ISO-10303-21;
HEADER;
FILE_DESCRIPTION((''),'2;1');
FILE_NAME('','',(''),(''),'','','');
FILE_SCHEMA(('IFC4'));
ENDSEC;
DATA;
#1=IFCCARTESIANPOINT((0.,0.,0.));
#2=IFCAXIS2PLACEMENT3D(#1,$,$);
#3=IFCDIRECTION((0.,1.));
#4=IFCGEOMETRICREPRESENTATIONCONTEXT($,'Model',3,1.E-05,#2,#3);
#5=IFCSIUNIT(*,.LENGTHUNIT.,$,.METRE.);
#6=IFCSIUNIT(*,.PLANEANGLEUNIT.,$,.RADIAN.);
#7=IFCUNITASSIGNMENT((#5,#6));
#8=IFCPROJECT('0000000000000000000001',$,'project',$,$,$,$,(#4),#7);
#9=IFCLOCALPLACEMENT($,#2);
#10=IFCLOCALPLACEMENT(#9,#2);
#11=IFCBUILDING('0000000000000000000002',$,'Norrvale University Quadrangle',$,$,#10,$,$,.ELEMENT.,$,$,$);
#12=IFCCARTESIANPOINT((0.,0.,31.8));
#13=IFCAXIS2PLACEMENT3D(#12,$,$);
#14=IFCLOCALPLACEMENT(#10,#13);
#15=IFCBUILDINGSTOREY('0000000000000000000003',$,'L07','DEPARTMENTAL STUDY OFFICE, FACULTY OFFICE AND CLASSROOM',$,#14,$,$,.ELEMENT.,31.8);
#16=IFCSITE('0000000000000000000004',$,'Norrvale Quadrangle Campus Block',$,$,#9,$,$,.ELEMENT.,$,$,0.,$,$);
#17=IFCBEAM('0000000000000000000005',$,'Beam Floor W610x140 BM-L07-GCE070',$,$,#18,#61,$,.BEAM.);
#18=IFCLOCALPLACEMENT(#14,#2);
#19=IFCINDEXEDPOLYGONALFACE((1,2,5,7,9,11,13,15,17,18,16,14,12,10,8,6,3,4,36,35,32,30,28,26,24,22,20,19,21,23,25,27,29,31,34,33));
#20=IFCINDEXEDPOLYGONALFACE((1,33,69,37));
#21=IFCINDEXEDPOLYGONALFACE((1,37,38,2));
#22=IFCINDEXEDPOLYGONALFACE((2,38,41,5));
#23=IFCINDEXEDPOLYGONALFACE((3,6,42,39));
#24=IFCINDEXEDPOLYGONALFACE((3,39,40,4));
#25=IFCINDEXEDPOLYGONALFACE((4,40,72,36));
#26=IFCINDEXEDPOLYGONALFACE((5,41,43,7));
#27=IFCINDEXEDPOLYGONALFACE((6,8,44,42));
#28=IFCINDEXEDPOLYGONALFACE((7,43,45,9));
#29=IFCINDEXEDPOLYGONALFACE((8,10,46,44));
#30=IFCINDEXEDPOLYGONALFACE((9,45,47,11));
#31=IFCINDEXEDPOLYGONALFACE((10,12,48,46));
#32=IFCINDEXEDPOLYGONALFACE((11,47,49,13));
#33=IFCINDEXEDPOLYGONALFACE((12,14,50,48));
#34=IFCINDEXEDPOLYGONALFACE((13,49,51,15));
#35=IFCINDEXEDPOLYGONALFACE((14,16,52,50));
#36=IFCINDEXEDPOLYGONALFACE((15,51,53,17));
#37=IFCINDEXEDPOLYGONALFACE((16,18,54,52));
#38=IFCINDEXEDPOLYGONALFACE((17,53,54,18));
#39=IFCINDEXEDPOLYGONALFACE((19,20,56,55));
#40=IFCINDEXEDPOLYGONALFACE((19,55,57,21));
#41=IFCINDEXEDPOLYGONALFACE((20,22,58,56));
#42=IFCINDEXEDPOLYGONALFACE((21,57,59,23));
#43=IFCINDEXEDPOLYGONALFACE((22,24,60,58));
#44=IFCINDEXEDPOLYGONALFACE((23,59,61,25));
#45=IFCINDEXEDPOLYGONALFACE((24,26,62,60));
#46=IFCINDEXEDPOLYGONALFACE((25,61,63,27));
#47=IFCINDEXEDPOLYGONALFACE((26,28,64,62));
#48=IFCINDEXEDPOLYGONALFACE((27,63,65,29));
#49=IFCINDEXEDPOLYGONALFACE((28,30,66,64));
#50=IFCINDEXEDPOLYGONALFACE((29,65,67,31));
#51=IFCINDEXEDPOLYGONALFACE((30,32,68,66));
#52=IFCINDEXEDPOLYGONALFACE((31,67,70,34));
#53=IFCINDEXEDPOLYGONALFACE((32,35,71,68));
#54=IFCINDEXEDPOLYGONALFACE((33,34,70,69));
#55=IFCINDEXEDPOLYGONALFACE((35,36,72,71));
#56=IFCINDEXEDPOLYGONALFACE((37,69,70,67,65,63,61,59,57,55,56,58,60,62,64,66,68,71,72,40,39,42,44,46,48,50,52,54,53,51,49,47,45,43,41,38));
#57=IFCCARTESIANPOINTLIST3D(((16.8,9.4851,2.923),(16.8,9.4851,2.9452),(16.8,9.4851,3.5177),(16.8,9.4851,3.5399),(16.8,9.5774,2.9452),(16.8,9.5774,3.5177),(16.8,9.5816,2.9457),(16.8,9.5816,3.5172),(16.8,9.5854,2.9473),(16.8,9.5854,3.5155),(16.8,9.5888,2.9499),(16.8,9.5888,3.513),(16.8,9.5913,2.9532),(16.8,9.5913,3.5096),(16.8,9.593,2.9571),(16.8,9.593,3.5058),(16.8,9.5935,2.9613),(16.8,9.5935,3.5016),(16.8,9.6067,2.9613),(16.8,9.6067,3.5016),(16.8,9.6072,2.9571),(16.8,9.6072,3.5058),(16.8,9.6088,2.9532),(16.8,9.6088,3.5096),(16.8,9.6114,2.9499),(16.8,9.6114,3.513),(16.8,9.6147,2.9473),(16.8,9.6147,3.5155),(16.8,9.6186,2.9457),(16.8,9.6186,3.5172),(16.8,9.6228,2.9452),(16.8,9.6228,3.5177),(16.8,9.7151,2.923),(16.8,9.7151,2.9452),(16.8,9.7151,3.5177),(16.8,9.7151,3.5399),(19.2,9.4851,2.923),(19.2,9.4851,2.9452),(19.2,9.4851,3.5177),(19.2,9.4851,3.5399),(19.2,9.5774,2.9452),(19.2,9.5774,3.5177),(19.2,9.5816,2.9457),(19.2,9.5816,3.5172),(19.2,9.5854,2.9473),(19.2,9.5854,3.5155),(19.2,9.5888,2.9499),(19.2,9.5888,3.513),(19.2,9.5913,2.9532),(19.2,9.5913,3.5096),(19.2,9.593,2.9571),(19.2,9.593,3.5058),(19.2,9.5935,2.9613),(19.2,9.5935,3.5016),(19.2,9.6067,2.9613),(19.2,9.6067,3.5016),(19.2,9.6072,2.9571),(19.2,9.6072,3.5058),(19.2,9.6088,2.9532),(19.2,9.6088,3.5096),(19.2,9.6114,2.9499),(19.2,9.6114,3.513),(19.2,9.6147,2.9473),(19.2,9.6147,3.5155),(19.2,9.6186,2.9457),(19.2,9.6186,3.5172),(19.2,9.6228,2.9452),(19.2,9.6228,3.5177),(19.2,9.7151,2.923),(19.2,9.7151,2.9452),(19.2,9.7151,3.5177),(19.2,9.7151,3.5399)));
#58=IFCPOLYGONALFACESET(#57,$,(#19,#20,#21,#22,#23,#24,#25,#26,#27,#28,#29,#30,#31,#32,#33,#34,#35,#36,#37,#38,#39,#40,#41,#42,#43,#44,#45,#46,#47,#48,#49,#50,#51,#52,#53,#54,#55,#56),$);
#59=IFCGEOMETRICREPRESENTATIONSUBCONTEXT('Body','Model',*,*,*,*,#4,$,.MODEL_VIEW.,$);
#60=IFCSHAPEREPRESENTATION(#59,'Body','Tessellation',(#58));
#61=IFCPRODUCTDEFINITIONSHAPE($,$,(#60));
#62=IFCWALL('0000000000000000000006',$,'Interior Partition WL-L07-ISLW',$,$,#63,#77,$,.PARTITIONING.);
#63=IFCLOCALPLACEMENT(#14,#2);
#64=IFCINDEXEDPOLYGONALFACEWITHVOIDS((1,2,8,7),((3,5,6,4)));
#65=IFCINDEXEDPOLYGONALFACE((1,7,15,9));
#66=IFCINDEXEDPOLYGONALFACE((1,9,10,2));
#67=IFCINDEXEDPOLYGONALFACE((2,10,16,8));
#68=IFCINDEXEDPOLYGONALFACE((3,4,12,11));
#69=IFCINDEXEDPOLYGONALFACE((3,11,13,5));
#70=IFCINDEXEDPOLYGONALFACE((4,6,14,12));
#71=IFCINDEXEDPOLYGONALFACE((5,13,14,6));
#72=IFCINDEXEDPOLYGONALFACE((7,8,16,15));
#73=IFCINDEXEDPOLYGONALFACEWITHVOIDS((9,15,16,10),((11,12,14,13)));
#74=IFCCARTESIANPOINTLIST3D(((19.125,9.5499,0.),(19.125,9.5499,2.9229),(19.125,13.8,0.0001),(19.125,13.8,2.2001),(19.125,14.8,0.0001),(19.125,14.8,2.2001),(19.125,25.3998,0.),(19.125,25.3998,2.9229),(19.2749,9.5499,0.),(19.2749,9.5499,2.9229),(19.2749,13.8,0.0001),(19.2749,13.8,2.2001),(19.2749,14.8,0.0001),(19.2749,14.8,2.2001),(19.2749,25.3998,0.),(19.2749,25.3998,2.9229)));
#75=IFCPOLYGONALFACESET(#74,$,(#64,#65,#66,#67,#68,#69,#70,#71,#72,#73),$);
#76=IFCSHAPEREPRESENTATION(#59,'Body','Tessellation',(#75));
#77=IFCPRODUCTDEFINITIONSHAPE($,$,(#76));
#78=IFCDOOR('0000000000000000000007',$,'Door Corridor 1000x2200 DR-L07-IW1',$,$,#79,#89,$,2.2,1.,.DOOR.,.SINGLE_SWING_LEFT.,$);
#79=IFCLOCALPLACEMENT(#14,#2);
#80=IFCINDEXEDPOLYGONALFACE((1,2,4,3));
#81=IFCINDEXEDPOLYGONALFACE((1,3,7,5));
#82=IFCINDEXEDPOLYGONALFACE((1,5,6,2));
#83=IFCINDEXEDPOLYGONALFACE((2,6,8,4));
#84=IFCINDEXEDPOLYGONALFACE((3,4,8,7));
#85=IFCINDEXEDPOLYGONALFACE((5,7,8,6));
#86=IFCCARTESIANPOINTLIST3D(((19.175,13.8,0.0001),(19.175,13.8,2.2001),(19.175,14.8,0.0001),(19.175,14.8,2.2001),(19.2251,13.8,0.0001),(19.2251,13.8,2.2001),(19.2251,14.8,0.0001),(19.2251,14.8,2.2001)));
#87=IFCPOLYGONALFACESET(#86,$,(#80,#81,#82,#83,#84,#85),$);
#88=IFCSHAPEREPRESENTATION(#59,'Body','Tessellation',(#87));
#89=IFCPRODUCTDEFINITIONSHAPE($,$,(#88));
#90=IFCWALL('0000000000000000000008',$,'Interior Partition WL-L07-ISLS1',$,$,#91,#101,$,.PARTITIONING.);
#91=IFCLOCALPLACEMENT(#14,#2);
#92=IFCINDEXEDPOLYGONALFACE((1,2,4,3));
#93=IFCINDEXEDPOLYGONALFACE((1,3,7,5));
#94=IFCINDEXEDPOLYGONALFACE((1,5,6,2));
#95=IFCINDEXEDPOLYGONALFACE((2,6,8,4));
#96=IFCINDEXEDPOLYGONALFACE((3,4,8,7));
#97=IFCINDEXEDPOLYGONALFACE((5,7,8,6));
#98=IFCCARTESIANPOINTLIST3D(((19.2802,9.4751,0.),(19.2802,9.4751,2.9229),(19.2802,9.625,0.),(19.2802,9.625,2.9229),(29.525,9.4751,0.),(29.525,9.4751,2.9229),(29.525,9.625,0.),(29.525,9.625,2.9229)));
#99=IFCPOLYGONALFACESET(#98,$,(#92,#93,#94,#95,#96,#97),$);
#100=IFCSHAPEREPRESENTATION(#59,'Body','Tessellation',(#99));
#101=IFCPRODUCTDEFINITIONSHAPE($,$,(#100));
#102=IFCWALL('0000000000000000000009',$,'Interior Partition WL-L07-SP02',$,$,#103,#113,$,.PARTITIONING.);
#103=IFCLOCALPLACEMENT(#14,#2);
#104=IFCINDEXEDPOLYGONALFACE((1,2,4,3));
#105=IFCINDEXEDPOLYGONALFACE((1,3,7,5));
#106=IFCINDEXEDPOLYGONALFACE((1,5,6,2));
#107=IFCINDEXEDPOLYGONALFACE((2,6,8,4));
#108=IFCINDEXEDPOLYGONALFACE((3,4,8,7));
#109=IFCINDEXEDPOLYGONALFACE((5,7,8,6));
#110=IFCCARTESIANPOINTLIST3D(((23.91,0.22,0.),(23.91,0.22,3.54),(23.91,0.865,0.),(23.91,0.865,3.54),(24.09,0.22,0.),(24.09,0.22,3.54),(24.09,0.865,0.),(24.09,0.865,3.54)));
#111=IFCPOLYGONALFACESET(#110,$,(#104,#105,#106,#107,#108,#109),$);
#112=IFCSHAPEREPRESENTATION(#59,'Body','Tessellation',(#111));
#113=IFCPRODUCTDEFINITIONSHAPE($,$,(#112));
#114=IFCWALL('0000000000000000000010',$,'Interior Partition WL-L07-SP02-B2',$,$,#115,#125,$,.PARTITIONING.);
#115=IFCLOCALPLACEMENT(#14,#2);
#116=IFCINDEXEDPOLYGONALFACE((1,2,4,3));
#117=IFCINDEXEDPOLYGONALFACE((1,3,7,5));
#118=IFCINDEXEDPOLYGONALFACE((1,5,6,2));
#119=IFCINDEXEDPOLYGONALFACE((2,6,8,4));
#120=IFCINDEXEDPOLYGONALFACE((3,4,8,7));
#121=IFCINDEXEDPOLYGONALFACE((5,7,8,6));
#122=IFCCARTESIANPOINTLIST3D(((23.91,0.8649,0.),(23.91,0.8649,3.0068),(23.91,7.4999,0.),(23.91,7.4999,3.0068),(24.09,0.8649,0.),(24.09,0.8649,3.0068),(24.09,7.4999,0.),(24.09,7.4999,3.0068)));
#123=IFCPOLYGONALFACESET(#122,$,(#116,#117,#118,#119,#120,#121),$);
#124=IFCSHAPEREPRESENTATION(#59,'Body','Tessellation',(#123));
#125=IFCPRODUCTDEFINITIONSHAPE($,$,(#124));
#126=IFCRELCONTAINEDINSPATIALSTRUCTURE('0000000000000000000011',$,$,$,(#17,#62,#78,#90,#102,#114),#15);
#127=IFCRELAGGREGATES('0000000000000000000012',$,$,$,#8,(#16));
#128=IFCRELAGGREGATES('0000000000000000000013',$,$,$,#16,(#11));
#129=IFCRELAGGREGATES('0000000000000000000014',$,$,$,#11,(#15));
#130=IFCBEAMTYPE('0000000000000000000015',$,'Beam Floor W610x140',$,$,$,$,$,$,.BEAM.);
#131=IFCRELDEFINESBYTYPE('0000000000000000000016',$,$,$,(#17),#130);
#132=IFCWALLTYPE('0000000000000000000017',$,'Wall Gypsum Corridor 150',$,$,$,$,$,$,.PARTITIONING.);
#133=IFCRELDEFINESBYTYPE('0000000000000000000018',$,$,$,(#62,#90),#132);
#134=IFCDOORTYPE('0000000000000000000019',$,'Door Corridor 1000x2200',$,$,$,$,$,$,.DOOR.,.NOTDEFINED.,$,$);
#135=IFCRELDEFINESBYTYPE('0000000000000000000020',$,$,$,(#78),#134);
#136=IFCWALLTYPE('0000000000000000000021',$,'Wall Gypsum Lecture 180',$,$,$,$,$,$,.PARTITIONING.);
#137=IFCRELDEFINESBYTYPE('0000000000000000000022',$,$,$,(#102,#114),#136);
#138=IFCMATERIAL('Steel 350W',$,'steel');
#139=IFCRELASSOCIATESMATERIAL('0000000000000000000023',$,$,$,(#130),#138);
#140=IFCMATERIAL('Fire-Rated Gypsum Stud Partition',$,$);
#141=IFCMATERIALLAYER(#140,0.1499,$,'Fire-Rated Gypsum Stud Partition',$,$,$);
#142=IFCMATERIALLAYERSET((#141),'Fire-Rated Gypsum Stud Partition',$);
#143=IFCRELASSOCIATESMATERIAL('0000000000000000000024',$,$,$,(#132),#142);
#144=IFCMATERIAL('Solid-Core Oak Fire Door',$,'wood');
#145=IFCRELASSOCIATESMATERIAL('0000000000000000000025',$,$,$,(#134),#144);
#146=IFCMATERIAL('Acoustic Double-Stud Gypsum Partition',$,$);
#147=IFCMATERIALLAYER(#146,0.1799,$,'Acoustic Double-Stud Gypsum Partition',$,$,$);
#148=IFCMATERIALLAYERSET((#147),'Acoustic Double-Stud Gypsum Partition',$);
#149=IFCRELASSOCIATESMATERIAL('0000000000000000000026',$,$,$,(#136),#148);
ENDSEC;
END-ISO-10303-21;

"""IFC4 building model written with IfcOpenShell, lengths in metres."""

from ifc_helpers import new_model, si_unit, direction, frame, frame_2d, origin, origin_2d, place, context, subcontext, project, spatial, rectangle, i_section, extrude, material, layer, layer_set, material_profile, profile_set, type_object, element, fill, save


model = new_model("IFC4")

# Units and contexts
model_context = context("Model", 3, precision=1e-05, world=origin(), true_north=direction((0.0, 1.0)))
body_context = subcontext(model_context, "Body", "Model", "MODEL_VIEW")
ifc_project = project(units=[si_unit("LENGTHUNIT", "METRE"), si_unit("PLANEANGLEUNIT", "RADIAN")], contexts=[model_context])

# Site, building, storey
site_placement = place(None, origin())
site = spatial("IfcSite", under=ifc_project, at=site_placement, Name="Norrvale Quadrangle Campus Block", CompositionType="ELEMENT", RefElevation=0.0)
building_placement = place(site_placement, origin())
building = spatial("IfcBuilding", under=site, at=building_placement, Name="Norrvale University Quadrangle", CompositionType="ELEMENT")
storey_placement = place(building_placement, frame((0.0, 0.0, 31.8)))
storey = spatial("IfcBuildingStorey", under=building, at=storey_placement, Name="L07", Description="DEPARTMENTAL STUDY OFFICE, FACULTY OFFICE AND CLASSROOM", CompositionType="ELEMENT", Elevation=31.8)

# Beam
ifc_material_1 = material(Name="Steel 350W", Category="steel")
ifc_material_profile_1 = material_profile(ifc_material_1, i_section(OverallWidth=0.23, OverallDepth=0.6169, WebThickness=0.0132, FlangeThickness=0.0222, FilletRadius=0.0161, at=origin_2d()), Name="Steel 350W")
ifc_profile_set_1 = profile_set([ifc_material_profile_1], Name="Steel 350W")
beam_type_1 = type_object("IfcBeamType", Name="Beam Floor W610x140", PredefinedType="BEAM", material=ifc_profile_set_1)
beam_1_placement = place(storey_placement, frame((16.8, 9.6001, 3.2314), z_axis=(1.0, 0.0, 0.0), x_axis=(0.0, 1.0, 0.0)))
element("IfcBeam", 1, at=beam_1_placement, inside=storey, type_object=beam_type_1, Name="Beam Floor W610x140 BM-L07-GCE070", PredefinedType="BEAM", context=body_context, shape_type="SweptSolid", body=[
    extrude(i_section(OverallWidth=0.23, OverallDepth=0.6169, WebThickness=0.0132, FlangeThickness=0.0222, FilletRadius=0.0161, at=origin_2d()), origin(), (0.0, 0.0, 1.0), 2.3999),
])

# Wall, opening, door
ifc_material_2 = material(Name="Fire-Rated Gypsum Stud Partition")
ifc_layer_1 = layer(ifc_material_2, 0.1499, Name="Fire-Rated Gypsum Stud Partition")
ifc_layer_set_1 = layer_set([ifc_layer_1], Name="Fire-Rated Gypsum Stud Partition")
wall_type_1 = type_object("IfcWallType", Name="Wall Gypsum Corridor 150", PredefinedType="PARTITIONING", material=ifc_layer_set_1)
wall_1_placement = place(storey_placement, frame((19.2, 9.55, 0.0), z_axis=(0.0, 0.0, 1.0), x_axis=(0.0, 1.0, 0.0)))
wall_1 = element("IfcWall", 2, at=wall_1_placement, inside=storey, type_object=wall_type_1, Name="Interior Partition WL-L07-ISLW", PredefinedType="PARTITIONING", context=body_context, shape_type="SweptSolid", body=[
    extrude(rectangle(XDim=15.8499, YDim=0.1499, at=frame_2d((7.9248, 0.0))), origin(), (0.0, 0.0, 1.0), 2.9229),
])
opening_placement = place(wall_1_placement, frame((4.25, 0.0, 0.0)))
opening = element("IfcOpeningElement", 3, at=opening_placement, cuts=wall_1, PredefinedType="OPENING", context=body_context, shape_type="SweptSolid", body=[
    extrude(rectangle(XDim=1.0, YDim=2.2, at=frame_2d((0.5, 1.1001))), frame((0.0, 0.0869, 0.0), z_axis=(0.0, -1.0, 0.0), x_axis=(1.0, 0.0, 0.0)), (0.0, 0.0, 1.0), 0.1738),
])
ifc_material_3 = material(Name="Solid-Core Oak Fire Door", Category="wood")
door_type = type_object("IfcDoorType", Name="Door Corridor 1000x2200", OperationType="NOTDEFINED", PredefinedType="DOOR", material=ifc_material_3)
door_placement = place(opening_placement, origin())
door = element("IfcDoor", 4, at=door_placement, inside=storey, type_object=door_type, Name="Door Corridor 1000x2200 DR-L07-IW1", OperationType="SINGLE_SWING_LEFT", OverallHeight=2.2, OverallWidth=1.0, PredefinedType="DOOR", context=body_context, shape_type="SweptSolid", body=[
    extrude(rectangle(XDim=1.0, YDim=2.2, at=frame_2d((0.5, 1.1001))), frame((0.0, 0.0249, 0.0), z_axis=(0.0, -1.0, 0.0), x_axis=(1.0, 0.0, 0.0)), (0.0, 0.0, 1.0), 0.05),
])
fill(opening, door)

# Walls
wall_2_placement = place(storey_placement, frame((19.28, 9.55, 0.0), z_axis=(0.0, 0.0, 1.0), x_axis=(1.0, 0.0, 0.0)))
element("IfcWall", 5, at=wall_2_placement, inside=storey, type_object=wall_type_1, Name="Interior Partition WL-L07-ISLS1", PredefinedType="PARTITIONING", context=body_context, shape_type="SweptSolid", body=[
    extrude(rectangle(XDim=10.2449, YDim=0.1499, at=frame_2d((5.1226, 0.0))), origin(), (0.0, 0.0, 1.0), 2.9229),
])
ifc_material_4 = material(Name="Acoustic Double-Stud Gypsum Partition")
ifc_layer_2 = layer(ifc_material_4, 0.1799, Name="Acoustic Double-Stud Gypsum Partition")
ifc_layer_set_2 = layer_set([ifc_layer_2], Name="Acoustic Double-Stud Gypsum Partition")
wall_type_2 = type_object("IfcWallType", Name="Wall Gypsum Lecture 180", PredefinedType="PARTITIONING", material=ifc_layer_set_2)
wall_3_placement = place(storey_placement, frame((24.0, 0.22, 0.0), z_axis=(0.0, 0.0, 1.0), x_axis=(0.0, 1.0, 0.0)))
element("IfcWall", 6, at=wall_3_placement, inside=storey, type_object=wall_type_2, Name="Interior Partition WL-L07-SP02", PredefinedType="PARTITIONING", context=body_context, shape_type="SweptSolid", body=[
    extrude(rectangle(XDim=0.645, YDim=0.1799, at=frame_2d((0.3225, 0.0))), origin(), (0.0, 0.0, 1.0), 3.54),
])
wall_4_placement = place(storey_placement, frame((24.0, 0.865, 0.0), z_axis=(0.0, 0.0, 1.0), x_axis=(0.0, 1.0, 0.0)))
element("IfcWall", 7, at=wall_4_placement, inside=storey, type_object=wall_type_2, Name="Interior Partition WL-L07-SP02-B2", PredefinedType="PARTITIONING", context=body_context, shape_type="SweptSolid", body=[
    extrude(rectangle(XDim=6.635, YDim=0.1799, at=frame_2d((3.3174, 0.0))), origin(), (0.0, 0.0, 1.0), 3.0068),
])

save(model, "model.ifc")
